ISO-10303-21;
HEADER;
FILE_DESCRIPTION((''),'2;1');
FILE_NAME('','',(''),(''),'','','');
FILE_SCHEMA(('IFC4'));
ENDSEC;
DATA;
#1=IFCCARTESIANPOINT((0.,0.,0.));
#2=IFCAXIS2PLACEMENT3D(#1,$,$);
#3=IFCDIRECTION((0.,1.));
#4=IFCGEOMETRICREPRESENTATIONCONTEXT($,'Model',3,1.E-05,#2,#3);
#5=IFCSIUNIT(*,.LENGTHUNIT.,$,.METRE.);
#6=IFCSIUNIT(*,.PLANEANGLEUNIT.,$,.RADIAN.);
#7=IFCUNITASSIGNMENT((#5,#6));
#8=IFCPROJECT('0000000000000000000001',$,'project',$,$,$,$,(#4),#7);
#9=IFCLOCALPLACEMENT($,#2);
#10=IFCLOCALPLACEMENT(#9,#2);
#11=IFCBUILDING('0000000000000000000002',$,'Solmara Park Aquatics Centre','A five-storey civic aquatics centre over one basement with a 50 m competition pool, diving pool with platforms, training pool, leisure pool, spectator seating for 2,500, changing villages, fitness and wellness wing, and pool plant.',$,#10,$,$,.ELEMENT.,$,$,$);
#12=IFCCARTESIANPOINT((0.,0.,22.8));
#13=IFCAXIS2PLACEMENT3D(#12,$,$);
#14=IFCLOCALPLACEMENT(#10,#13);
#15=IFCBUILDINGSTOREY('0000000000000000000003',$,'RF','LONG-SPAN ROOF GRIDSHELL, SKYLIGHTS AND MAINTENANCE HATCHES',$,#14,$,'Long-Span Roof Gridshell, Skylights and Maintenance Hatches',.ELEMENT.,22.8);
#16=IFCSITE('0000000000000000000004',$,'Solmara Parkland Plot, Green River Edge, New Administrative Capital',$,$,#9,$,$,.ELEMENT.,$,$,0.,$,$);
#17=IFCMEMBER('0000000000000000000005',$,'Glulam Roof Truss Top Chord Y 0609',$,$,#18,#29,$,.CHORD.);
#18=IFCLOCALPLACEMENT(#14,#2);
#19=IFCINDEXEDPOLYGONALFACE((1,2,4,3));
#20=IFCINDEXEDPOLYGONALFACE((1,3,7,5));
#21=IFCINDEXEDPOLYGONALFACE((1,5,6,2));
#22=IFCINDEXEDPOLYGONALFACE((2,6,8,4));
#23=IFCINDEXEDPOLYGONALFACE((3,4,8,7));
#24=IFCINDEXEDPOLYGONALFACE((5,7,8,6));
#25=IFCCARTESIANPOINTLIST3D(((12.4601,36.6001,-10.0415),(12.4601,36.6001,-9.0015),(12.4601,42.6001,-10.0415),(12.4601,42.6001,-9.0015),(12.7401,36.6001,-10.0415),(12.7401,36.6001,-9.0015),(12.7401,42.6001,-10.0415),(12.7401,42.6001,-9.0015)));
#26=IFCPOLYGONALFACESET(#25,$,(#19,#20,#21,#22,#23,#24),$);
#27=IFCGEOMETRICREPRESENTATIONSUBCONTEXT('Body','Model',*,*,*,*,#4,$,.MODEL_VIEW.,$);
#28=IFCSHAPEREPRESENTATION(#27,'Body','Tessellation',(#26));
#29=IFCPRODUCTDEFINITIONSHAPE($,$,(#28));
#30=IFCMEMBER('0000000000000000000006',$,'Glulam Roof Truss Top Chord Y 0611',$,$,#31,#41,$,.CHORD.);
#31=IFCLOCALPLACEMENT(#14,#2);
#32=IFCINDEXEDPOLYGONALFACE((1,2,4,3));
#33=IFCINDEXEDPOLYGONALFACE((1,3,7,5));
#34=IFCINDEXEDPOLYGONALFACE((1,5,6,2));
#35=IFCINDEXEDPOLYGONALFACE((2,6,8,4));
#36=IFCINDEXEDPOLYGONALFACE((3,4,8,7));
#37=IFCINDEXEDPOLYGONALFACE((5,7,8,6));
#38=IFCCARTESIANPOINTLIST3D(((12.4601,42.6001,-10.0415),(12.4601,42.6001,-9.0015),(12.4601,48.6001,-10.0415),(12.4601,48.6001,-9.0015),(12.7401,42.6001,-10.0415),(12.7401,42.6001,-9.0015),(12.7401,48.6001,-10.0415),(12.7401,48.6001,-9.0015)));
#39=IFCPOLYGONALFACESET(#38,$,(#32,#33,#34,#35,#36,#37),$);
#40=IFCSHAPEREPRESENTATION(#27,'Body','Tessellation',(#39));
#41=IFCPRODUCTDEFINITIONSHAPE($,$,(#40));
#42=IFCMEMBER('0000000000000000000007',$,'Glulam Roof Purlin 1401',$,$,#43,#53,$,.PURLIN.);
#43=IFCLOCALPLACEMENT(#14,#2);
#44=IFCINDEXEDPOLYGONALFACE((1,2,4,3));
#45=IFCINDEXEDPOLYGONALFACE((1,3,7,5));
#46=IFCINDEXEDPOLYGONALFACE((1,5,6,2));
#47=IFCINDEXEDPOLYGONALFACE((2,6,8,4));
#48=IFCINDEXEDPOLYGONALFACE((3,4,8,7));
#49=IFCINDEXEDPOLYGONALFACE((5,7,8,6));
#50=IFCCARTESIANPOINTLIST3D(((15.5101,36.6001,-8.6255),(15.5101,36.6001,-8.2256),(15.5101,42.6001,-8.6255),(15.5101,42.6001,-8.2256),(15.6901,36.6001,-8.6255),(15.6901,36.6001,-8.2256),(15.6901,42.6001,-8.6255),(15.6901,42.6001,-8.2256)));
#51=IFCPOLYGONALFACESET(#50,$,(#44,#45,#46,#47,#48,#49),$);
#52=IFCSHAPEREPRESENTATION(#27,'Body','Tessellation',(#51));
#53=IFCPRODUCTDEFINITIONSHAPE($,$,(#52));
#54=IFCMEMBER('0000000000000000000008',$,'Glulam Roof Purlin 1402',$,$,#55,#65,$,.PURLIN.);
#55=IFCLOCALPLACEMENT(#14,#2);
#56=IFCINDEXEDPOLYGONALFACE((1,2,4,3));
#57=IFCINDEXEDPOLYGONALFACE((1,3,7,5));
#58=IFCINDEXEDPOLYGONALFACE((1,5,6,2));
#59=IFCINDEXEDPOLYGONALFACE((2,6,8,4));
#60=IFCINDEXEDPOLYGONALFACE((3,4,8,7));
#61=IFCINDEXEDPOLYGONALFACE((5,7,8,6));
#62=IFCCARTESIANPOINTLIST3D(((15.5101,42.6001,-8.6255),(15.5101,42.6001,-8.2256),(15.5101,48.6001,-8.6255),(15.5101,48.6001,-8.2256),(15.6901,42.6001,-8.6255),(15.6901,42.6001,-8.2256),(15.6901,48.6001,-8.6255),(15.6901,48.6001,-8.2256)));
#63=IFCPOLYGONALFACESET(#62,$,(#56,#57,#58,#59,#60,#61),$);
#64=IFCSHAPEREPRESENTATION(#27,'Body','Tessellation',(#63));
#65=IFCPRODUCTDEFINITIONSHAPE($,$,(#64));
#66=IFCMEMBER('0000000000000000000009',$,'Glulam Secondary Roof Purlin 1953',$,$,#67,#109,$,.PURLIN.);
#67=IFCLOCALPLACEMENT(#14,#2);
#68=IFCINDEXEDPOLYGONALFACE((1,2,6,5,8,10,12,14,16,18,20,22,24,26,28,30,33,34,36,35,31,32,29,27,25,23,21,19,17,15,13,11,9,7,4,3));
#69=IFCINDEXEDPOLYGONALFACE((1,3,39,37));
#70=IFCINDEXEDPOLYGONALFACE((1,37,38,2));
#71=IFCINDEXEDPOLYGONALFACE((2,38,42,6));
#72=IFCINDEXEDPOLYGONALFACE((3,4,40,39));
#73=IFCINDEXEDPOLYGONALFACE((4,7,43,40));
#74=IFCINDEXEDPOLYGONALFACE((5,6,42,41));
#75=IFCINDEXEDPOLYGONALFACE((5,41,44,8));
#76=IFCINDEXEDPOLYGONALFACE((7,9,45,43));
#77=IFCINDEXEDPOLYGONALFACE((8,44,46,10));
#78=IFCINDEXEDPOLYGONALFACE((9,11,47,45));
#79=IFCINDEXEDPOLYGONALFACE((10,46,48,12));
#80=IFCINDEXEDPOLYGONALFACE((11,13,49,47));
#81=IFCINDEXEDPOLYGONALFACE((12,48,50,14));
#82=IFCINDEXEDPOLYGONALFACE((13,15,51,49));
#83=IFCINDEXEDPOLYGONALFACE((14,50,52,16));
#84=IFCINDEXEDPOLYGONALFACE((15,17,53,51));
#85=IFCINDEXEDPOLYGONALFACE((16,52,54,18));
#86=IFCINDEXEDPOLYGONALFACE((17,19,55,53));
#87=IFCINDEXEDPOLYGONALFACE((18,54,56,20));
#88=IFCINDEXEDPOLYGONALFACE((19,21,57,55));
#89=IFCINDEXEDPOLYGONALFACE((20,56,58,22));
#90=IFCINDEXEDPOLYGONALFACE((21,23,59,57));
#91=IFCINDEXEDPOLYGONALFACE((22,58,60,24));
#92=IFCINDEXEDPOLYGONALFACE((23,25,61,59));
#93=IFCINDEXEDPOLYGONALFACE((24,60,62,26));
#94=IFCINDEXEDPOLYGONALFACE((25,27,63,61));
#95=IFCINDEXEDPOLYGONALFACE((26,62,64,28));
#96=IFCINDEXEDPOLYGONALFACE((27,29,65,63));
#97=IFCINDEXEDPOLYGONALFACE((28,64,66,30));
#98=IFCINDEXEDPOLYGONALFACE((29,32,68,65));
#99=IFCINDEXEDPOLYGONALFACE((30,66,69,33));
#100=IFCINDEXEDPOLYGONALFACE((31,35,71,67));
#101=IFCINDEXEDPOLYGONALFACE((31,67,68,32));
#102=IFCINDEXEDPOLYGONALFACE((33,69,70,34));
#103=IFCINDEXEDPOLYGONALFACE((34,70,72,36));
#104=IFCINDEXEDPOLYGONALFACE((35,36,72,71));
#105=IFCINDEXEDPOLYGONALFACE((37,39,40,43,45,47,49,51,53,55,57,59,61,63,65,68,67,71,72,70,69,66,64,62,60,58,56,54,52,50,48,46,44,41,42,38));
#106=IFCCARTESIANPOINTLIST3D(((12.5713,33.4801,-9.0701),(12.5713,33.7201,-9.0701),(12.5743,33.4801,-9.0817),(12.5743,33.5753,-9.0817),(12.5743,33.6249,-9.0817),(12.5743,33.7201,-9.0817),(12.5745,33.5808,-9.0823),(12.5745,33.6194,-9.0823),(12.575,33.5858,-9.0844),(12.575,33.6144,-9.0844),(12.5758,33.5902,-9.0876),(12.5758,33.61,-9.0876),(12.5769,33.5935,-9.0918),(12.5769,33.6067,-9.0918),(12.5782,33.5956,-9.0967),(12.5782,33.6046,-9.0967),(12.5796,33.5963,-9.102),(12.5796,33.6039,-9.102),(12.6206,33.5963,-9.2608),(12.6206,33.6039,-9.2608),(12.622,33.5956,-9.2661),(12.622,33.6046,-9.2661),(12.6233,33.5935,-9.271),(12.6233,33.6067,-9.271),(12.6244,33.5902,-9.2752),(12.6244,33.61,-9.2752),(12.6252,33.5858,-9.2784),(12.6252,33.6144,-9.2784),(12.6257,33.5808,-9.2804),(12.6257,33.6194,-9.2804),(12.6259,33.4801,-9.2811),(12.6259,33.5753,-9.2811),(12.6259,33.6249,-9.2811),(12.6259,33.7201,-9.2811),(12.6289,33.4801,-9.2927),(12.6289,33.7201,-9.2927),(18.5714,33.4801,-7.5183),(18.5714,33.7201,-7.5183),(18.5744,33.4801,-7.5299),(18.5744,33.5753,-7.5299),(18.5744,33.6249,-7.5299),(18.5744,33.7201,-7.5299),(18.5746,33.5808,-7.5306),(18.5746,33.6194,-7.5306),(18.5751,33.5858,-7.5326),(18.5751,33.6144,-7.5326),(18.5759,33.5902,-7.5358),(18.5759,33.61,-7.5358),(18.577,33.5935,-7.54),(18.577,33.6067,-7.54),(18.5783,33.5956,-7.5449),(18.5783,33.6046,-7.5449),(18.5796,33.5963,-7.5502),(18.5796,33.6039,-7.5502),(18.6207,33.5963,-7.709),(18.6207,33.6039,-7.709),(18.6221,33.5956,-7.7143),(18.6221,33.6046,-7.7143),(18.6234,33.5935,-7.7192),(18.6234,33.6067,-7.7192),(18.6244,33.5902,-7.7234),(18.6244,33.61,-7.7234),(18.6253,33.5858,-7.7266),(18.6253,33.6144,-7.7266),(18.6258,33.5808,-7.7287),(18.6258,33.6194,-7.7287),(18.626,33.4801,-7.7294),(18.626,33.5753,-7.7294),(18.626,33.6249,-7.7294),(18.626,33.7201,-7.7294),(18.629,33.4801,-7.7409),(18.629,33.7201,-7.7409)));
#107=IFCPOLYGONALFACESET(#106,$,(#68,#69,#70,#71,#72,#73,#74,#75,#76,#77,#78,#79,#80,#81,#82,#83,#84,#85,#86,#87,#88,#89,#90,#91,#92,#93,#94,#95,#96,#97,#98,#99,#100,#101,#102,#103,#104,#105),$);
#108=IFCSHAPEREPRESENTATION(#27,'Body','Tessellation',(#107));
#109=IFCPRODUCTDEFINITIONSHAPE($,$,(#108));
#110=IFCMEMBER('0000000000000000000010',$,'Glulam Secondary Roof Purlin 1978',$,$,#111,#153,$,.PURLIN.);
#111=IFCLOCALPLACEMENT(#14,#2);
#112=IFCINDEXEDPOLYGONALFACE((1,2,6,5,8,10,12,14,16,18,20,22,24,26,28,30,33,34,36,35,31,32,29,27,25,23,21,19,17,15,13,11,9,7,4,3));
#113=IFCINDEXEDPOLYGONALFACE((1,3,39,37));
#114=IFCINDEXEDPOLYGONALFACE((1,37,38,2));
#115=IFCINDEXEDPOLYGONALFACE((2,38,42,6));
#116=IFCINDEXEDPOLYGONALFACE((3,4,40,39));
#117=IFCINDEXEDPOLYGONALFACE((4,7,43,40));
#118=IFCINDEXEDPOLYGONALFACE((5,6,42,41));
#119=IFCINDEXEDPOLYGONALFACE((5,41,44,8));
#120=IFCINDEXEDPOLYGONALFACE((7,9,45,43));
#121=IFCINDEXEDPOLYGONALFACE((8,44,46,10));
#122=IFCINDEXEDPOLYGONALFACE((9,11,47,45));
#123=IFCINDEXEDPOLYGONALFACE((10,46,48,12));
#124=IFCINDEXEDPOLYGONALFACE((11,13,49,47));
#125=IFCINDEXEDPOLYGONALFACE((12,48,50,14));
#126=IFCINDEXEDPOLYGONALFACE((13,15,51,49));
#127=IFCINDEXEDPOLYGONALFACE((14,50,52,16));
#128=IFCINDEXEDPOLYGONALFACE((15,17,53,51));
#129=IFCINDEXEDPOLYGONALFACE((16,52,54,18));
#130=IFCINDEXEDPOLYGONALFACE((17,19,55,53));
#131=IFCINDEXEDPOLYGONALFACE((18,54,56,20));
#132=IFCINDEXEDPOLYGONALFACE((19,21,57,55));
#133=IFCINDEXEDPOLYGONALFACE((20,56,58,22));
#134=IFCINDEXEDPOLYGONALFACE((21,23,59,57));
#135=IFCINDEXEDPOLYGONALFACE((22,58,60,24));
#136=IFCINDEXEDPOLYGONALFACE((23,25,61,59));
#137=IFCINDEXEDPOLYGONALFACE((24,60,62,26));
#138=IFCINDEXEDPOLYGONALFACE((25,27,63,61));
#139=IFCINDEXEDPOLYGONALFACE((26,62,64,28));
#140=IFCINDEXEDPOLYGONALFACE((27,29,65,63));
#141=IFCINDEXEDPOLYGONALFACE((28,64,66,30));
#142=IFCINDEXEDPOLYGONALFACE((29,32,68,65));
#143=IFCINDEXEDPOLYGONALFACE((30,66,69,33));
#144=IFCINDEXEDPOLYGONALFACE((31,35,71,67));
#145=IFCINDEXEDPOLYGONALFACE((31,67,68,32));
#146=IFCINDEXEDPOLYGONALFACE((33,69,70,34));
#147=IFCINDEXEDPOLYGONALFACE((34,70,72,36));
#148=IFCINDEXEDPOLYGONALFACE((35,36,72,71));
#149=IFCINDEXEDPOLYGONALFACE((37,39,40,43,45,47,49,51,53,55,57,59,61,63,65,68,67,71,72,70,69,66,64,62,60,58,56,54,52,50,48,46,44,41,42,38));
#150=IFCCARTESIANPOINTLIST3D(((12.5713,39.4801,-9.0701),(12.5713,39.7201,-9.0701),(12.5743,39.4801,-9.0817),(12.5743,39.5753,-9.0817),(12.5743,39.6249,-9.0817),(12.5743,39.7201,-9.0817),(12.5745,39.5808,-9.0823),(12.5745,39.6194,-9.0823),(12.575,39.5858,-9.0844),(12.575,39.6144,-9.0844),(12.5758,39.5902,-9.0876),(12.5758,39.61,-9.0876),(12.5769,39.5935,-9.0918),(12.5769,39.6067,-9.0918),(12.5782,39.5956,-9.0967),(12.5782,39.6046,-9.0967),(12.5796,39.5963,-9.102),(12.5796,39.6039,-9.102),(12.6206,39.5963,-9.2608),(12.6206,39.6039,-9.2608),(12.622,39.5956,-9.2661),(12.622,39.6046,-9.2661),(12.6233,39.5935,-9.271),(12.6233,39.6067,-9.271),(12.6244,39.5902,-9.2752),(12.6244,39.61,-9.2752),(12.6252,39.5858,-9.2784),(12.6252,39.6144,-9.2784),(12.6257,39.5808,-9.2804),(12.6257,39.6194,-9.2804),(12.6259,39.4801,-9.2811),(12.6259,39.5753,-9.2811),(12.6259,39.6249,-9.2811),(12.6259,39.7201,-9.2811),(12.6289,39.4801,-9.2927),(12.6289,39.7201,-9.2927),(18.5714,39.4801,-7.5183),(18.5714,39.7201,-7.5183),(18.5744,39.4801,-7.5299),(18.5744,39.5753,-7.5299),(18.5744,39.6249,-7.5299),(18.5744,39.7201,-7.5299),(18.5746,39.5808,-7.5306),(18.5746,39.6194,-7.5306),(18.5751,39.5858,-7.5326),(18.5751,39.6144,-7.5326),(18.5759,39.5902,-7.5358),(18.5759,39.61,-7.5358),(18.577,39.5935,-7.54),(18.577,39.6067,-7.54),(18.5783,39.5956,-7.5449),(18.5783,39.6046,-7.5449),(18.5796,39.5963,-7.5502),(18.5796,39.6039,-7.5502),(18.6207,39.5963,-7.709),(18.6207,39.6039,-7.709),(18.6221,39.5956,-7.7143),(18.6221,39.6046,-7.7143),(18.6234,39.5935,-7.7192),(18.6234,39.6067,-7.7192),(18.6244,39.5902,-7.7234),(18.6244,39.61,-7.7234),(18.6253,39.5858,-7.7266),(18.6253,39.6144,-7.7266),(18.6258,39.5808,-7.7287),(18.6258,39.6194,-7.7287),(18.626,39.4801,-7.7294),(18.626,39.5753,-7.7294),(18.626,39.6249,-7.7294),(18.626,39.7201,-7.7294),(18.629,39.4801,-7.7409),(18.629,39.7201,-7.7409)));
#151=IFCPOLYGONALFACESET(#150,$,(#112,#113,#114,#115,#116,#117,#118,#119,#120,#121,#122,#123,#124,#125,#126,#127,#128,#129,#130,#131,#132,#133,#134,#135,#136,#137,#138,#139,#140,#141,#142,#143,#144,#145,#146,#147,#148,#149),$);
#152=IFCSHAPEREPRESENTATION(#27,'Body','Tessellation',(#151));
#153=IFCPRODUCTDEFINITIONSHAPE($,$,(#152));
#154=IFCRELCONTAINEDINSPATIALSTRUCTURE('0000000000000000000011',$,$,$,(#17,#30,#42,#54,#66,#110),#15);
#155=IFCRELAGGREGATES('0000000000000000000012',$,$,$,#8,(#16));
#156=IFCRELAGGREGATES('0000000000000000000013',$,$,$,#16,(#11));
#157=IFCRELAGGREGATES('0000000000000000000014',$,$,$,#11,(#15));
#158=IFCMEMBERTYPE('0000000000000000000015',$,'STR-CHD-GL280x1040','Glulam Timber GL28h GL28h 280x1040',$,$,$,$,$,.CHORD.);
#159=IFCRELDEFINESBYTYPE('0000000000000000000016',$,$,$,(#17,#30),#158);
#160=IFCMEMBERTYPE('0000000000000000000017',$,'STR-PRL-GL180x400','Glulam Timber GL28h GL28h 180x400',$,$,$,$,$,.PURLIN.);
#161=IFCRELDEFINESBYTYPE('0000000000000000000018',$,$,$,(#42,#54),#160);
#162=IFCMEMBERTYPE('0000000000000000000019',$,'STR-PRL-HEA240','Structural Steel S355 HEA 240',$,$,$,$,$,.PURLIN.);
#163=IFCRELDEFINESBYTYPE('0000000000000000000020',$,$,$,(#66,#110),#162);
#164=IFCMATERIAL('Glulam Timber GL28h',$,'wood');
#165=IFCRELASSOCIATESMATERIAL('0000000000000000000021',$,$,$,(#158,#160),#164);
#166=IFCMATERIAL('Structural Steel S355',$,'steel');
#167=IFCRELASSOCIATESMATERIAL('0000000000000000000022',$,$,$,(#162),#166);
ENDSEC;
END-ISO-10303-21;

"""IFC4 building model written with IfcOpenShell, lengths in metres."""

from ifc_helpers import new_model, si_unit, direction, frame, origin, origin_2d, place, context, subcontext, project, spatial, rectangle, i_section, extrude, material, material_profile, profile_set, type_object, element, save


model = new_model("IFC4")

# Units and contexts
model_context = context("Model", 3, precision=1e-05, world=origin(), true_north=direction((0.0, 1.0)))
body_context = subcontext(model_context, "Body", "Model", "MODEL_VIEW")
ifc_project = project(units=[si_unit("LENGTHUNIT", "METRE"), si_unit("PLANEANGLEUNIT", "RADIAN")], contexts=[model_context])

# Site, building, storey
site_placement = place(None, origin())
site = spatial("IfcSite", under=ifc_project, at=site_placement, Name="Solmara Parkland Plot, Green River Edge, New Administrative Capital", CompositionType="ELEMENT", RefElevation=0.0)
building_placement = place(site_placement, origin())
building = spatial("IfcBuilding", under=site, at=building_placement, Name="Solmara Park Aquatics Centre", Description="A five-storey civic aquatics centre over one basement with a 50 m competition pool, diving pool with platforms, training pool, leisure pool, spectator seating for 2,500, changing villages, fitness and wellness wing, and pool plant.", CompositionType="ELEMENT")
storey_placement = place(building_placement, frame((0.0, 0.0, 22.8)))
storey = spatial("IfcBuildingStorey", under=building, at=storey_placement, Name="RF", Description="LONG-SPAN ROOF GRIDSHELL, SKYLIGHTS AND MAINTENANCE HATCHES", LongName="Long-Span Roof Gridshell, Skylights and Maintenance Hatches", CompositionType="ELEMENT", Elevation=22.8)

# Members
ifc_material_1 = material(Name="Structural Steel S355", Category="steel")
ifc_material_2 = material(Name="Glulam Timber GL28h", Category="wood")
ifc_material_profile_1 = material_profile(ifc_material_2, rectangle(XDim=0.28, YDim=1.04, at=origin_2d()), Name="GL28h 280x1040")
ifc_profile_set_1 = profile_set([ifc_material_profile_1], Name="Glulam Timber GL28h")
member_type_1 = type_object("IfcMemberType", Name="STR-CHD-GL280x1040", Description="Glulam Timber GL28h GL28h 280x1040", PredefinedType="CHORD", material=ifc_profile_set_1)
for number, where, z_axis, x_axis, name in (
    (1, (12.6001, 36.6001, -9.5215), (0.0, 1.0, 0.0), (-1.0, 0.0, 0.0), "Glulam Roof Truss Top Chord Y 0609"),
    (2, (12.6001, 42.6001, -9.5215), (0.0, 1.0, 0.0), (-1.0, 0.0, 0.0), "Glulam Roof Truss Top Chord Y 0611"),
):
    element("IfcMember", number, at=place(storey_placement, frame(where, z_axis=z_axis, x_axis=x_axis)), inside=storey, type_object=member_type_1, Name=name, PredefinedType="CHORD", context=body_context, shape_type="SweptSolid", body=[
        extrude(rectangle(XDim=0.28, YDim=1.04, at=origin_2d()), origin(), (0.0, 0.0, 1.0), 6.0),
    ])
ifc_material_profile_2 = material_profile(ifc_material_2, rectangle(XDim=0.1799, YDim=0.3999, at=origin_2d()), Name="GL28h 180x400")
ifc_profile_set_2 = profile_set([ifc_material_profile_2], Name="Glulam Timber GL28h")
member_type_2 = type_object("IfcMemberType", Name="STR-PRL-GL180x400", Description="Glulam Timber GL28h GL28h 180x400", PredefinedType="PURLIN", material=ifc_profile_set_2)
for number, where, z_axis, x_axis, name in (
    (3, (15.6001, 36.6001, -8.4255), (0.0, 1.0, 0.0), (-1.0, 0.0, 0.0), "Glulam Roof Purlin 1401"),
    (4, (15.6001, 42.6001, -8.4255), (0.0, 1.0, 0.0), (-1.0, 0.0, 0.0), "Glulam Roof Purlin 1402"),
):
    element("IfcMember", number, at=place(storey_placement, frame(where, z_axis=z_axis, x_axis=x_axis)), inside=storey, type_object=member_type_2, Name=name, PredefinedType="PURLIN", context=body_context, shape_type="SweptSolid", body=[
        extrude(rectangle(XDim=0.1799, YDim=0.3999, at=origin_2d()), origin(), (0.0, 0.0, 1.0), 6.0),
    ])
ifc_material_profile_3 = material_profile(ifc_material_1, i_section(OverallWidth=0.24, OverallDepth=0.23, WebThickness=0.0076, FlangeThickness=0.012, FilletRadius=0.021, at=origin_2d()), Name="HEA 240")
ifc_profile_set_3 = profile_set([ifc_material_profile_3], Name="Structural Steel S355")
member_type_3 = type_object("IfcMemberType", Name="STR-PRL-HEA240", Description="Structural Steel S355 HEA 240", PredefinedType="PURLIN", material=ifc_profile_set_3)
for number, where, z_axis, x_axis, name in (
    (5, (12.6001, 33.6001, -9.1814), (0.968146, 0.0, 0.250388), (0.0, 1.0, 0.0), "Glulam Secondary Roof Purlin 1953"),
    (6, (12.6001, 39.6001, -9.1814), (0.968146, 0.0, 0.250388), (0.0, 1.0, 0.0), "Glulam Secondary Roof Purlin 1978"),
):
    element("IfcMember", number, at=place(storey_placement, frame(where, z_axis=z_axis, x_axis=x_axis)), inside=storey, type_object=member_type_3, Name=name, PredefinedType="PURLIN", context=body_context, shape_type="SweptSolid", body=[
        extrude(i_section(OverallWidth=0.24, OverallDepth=0.23, WebThickness=0.0076, FlangeThickness=0.012, FilletRadius=0.021, at=origin_2d()), origin(), (0.0, 0.0, 1.0), 6.1975),
    ])

save(model, "model.ifc")
